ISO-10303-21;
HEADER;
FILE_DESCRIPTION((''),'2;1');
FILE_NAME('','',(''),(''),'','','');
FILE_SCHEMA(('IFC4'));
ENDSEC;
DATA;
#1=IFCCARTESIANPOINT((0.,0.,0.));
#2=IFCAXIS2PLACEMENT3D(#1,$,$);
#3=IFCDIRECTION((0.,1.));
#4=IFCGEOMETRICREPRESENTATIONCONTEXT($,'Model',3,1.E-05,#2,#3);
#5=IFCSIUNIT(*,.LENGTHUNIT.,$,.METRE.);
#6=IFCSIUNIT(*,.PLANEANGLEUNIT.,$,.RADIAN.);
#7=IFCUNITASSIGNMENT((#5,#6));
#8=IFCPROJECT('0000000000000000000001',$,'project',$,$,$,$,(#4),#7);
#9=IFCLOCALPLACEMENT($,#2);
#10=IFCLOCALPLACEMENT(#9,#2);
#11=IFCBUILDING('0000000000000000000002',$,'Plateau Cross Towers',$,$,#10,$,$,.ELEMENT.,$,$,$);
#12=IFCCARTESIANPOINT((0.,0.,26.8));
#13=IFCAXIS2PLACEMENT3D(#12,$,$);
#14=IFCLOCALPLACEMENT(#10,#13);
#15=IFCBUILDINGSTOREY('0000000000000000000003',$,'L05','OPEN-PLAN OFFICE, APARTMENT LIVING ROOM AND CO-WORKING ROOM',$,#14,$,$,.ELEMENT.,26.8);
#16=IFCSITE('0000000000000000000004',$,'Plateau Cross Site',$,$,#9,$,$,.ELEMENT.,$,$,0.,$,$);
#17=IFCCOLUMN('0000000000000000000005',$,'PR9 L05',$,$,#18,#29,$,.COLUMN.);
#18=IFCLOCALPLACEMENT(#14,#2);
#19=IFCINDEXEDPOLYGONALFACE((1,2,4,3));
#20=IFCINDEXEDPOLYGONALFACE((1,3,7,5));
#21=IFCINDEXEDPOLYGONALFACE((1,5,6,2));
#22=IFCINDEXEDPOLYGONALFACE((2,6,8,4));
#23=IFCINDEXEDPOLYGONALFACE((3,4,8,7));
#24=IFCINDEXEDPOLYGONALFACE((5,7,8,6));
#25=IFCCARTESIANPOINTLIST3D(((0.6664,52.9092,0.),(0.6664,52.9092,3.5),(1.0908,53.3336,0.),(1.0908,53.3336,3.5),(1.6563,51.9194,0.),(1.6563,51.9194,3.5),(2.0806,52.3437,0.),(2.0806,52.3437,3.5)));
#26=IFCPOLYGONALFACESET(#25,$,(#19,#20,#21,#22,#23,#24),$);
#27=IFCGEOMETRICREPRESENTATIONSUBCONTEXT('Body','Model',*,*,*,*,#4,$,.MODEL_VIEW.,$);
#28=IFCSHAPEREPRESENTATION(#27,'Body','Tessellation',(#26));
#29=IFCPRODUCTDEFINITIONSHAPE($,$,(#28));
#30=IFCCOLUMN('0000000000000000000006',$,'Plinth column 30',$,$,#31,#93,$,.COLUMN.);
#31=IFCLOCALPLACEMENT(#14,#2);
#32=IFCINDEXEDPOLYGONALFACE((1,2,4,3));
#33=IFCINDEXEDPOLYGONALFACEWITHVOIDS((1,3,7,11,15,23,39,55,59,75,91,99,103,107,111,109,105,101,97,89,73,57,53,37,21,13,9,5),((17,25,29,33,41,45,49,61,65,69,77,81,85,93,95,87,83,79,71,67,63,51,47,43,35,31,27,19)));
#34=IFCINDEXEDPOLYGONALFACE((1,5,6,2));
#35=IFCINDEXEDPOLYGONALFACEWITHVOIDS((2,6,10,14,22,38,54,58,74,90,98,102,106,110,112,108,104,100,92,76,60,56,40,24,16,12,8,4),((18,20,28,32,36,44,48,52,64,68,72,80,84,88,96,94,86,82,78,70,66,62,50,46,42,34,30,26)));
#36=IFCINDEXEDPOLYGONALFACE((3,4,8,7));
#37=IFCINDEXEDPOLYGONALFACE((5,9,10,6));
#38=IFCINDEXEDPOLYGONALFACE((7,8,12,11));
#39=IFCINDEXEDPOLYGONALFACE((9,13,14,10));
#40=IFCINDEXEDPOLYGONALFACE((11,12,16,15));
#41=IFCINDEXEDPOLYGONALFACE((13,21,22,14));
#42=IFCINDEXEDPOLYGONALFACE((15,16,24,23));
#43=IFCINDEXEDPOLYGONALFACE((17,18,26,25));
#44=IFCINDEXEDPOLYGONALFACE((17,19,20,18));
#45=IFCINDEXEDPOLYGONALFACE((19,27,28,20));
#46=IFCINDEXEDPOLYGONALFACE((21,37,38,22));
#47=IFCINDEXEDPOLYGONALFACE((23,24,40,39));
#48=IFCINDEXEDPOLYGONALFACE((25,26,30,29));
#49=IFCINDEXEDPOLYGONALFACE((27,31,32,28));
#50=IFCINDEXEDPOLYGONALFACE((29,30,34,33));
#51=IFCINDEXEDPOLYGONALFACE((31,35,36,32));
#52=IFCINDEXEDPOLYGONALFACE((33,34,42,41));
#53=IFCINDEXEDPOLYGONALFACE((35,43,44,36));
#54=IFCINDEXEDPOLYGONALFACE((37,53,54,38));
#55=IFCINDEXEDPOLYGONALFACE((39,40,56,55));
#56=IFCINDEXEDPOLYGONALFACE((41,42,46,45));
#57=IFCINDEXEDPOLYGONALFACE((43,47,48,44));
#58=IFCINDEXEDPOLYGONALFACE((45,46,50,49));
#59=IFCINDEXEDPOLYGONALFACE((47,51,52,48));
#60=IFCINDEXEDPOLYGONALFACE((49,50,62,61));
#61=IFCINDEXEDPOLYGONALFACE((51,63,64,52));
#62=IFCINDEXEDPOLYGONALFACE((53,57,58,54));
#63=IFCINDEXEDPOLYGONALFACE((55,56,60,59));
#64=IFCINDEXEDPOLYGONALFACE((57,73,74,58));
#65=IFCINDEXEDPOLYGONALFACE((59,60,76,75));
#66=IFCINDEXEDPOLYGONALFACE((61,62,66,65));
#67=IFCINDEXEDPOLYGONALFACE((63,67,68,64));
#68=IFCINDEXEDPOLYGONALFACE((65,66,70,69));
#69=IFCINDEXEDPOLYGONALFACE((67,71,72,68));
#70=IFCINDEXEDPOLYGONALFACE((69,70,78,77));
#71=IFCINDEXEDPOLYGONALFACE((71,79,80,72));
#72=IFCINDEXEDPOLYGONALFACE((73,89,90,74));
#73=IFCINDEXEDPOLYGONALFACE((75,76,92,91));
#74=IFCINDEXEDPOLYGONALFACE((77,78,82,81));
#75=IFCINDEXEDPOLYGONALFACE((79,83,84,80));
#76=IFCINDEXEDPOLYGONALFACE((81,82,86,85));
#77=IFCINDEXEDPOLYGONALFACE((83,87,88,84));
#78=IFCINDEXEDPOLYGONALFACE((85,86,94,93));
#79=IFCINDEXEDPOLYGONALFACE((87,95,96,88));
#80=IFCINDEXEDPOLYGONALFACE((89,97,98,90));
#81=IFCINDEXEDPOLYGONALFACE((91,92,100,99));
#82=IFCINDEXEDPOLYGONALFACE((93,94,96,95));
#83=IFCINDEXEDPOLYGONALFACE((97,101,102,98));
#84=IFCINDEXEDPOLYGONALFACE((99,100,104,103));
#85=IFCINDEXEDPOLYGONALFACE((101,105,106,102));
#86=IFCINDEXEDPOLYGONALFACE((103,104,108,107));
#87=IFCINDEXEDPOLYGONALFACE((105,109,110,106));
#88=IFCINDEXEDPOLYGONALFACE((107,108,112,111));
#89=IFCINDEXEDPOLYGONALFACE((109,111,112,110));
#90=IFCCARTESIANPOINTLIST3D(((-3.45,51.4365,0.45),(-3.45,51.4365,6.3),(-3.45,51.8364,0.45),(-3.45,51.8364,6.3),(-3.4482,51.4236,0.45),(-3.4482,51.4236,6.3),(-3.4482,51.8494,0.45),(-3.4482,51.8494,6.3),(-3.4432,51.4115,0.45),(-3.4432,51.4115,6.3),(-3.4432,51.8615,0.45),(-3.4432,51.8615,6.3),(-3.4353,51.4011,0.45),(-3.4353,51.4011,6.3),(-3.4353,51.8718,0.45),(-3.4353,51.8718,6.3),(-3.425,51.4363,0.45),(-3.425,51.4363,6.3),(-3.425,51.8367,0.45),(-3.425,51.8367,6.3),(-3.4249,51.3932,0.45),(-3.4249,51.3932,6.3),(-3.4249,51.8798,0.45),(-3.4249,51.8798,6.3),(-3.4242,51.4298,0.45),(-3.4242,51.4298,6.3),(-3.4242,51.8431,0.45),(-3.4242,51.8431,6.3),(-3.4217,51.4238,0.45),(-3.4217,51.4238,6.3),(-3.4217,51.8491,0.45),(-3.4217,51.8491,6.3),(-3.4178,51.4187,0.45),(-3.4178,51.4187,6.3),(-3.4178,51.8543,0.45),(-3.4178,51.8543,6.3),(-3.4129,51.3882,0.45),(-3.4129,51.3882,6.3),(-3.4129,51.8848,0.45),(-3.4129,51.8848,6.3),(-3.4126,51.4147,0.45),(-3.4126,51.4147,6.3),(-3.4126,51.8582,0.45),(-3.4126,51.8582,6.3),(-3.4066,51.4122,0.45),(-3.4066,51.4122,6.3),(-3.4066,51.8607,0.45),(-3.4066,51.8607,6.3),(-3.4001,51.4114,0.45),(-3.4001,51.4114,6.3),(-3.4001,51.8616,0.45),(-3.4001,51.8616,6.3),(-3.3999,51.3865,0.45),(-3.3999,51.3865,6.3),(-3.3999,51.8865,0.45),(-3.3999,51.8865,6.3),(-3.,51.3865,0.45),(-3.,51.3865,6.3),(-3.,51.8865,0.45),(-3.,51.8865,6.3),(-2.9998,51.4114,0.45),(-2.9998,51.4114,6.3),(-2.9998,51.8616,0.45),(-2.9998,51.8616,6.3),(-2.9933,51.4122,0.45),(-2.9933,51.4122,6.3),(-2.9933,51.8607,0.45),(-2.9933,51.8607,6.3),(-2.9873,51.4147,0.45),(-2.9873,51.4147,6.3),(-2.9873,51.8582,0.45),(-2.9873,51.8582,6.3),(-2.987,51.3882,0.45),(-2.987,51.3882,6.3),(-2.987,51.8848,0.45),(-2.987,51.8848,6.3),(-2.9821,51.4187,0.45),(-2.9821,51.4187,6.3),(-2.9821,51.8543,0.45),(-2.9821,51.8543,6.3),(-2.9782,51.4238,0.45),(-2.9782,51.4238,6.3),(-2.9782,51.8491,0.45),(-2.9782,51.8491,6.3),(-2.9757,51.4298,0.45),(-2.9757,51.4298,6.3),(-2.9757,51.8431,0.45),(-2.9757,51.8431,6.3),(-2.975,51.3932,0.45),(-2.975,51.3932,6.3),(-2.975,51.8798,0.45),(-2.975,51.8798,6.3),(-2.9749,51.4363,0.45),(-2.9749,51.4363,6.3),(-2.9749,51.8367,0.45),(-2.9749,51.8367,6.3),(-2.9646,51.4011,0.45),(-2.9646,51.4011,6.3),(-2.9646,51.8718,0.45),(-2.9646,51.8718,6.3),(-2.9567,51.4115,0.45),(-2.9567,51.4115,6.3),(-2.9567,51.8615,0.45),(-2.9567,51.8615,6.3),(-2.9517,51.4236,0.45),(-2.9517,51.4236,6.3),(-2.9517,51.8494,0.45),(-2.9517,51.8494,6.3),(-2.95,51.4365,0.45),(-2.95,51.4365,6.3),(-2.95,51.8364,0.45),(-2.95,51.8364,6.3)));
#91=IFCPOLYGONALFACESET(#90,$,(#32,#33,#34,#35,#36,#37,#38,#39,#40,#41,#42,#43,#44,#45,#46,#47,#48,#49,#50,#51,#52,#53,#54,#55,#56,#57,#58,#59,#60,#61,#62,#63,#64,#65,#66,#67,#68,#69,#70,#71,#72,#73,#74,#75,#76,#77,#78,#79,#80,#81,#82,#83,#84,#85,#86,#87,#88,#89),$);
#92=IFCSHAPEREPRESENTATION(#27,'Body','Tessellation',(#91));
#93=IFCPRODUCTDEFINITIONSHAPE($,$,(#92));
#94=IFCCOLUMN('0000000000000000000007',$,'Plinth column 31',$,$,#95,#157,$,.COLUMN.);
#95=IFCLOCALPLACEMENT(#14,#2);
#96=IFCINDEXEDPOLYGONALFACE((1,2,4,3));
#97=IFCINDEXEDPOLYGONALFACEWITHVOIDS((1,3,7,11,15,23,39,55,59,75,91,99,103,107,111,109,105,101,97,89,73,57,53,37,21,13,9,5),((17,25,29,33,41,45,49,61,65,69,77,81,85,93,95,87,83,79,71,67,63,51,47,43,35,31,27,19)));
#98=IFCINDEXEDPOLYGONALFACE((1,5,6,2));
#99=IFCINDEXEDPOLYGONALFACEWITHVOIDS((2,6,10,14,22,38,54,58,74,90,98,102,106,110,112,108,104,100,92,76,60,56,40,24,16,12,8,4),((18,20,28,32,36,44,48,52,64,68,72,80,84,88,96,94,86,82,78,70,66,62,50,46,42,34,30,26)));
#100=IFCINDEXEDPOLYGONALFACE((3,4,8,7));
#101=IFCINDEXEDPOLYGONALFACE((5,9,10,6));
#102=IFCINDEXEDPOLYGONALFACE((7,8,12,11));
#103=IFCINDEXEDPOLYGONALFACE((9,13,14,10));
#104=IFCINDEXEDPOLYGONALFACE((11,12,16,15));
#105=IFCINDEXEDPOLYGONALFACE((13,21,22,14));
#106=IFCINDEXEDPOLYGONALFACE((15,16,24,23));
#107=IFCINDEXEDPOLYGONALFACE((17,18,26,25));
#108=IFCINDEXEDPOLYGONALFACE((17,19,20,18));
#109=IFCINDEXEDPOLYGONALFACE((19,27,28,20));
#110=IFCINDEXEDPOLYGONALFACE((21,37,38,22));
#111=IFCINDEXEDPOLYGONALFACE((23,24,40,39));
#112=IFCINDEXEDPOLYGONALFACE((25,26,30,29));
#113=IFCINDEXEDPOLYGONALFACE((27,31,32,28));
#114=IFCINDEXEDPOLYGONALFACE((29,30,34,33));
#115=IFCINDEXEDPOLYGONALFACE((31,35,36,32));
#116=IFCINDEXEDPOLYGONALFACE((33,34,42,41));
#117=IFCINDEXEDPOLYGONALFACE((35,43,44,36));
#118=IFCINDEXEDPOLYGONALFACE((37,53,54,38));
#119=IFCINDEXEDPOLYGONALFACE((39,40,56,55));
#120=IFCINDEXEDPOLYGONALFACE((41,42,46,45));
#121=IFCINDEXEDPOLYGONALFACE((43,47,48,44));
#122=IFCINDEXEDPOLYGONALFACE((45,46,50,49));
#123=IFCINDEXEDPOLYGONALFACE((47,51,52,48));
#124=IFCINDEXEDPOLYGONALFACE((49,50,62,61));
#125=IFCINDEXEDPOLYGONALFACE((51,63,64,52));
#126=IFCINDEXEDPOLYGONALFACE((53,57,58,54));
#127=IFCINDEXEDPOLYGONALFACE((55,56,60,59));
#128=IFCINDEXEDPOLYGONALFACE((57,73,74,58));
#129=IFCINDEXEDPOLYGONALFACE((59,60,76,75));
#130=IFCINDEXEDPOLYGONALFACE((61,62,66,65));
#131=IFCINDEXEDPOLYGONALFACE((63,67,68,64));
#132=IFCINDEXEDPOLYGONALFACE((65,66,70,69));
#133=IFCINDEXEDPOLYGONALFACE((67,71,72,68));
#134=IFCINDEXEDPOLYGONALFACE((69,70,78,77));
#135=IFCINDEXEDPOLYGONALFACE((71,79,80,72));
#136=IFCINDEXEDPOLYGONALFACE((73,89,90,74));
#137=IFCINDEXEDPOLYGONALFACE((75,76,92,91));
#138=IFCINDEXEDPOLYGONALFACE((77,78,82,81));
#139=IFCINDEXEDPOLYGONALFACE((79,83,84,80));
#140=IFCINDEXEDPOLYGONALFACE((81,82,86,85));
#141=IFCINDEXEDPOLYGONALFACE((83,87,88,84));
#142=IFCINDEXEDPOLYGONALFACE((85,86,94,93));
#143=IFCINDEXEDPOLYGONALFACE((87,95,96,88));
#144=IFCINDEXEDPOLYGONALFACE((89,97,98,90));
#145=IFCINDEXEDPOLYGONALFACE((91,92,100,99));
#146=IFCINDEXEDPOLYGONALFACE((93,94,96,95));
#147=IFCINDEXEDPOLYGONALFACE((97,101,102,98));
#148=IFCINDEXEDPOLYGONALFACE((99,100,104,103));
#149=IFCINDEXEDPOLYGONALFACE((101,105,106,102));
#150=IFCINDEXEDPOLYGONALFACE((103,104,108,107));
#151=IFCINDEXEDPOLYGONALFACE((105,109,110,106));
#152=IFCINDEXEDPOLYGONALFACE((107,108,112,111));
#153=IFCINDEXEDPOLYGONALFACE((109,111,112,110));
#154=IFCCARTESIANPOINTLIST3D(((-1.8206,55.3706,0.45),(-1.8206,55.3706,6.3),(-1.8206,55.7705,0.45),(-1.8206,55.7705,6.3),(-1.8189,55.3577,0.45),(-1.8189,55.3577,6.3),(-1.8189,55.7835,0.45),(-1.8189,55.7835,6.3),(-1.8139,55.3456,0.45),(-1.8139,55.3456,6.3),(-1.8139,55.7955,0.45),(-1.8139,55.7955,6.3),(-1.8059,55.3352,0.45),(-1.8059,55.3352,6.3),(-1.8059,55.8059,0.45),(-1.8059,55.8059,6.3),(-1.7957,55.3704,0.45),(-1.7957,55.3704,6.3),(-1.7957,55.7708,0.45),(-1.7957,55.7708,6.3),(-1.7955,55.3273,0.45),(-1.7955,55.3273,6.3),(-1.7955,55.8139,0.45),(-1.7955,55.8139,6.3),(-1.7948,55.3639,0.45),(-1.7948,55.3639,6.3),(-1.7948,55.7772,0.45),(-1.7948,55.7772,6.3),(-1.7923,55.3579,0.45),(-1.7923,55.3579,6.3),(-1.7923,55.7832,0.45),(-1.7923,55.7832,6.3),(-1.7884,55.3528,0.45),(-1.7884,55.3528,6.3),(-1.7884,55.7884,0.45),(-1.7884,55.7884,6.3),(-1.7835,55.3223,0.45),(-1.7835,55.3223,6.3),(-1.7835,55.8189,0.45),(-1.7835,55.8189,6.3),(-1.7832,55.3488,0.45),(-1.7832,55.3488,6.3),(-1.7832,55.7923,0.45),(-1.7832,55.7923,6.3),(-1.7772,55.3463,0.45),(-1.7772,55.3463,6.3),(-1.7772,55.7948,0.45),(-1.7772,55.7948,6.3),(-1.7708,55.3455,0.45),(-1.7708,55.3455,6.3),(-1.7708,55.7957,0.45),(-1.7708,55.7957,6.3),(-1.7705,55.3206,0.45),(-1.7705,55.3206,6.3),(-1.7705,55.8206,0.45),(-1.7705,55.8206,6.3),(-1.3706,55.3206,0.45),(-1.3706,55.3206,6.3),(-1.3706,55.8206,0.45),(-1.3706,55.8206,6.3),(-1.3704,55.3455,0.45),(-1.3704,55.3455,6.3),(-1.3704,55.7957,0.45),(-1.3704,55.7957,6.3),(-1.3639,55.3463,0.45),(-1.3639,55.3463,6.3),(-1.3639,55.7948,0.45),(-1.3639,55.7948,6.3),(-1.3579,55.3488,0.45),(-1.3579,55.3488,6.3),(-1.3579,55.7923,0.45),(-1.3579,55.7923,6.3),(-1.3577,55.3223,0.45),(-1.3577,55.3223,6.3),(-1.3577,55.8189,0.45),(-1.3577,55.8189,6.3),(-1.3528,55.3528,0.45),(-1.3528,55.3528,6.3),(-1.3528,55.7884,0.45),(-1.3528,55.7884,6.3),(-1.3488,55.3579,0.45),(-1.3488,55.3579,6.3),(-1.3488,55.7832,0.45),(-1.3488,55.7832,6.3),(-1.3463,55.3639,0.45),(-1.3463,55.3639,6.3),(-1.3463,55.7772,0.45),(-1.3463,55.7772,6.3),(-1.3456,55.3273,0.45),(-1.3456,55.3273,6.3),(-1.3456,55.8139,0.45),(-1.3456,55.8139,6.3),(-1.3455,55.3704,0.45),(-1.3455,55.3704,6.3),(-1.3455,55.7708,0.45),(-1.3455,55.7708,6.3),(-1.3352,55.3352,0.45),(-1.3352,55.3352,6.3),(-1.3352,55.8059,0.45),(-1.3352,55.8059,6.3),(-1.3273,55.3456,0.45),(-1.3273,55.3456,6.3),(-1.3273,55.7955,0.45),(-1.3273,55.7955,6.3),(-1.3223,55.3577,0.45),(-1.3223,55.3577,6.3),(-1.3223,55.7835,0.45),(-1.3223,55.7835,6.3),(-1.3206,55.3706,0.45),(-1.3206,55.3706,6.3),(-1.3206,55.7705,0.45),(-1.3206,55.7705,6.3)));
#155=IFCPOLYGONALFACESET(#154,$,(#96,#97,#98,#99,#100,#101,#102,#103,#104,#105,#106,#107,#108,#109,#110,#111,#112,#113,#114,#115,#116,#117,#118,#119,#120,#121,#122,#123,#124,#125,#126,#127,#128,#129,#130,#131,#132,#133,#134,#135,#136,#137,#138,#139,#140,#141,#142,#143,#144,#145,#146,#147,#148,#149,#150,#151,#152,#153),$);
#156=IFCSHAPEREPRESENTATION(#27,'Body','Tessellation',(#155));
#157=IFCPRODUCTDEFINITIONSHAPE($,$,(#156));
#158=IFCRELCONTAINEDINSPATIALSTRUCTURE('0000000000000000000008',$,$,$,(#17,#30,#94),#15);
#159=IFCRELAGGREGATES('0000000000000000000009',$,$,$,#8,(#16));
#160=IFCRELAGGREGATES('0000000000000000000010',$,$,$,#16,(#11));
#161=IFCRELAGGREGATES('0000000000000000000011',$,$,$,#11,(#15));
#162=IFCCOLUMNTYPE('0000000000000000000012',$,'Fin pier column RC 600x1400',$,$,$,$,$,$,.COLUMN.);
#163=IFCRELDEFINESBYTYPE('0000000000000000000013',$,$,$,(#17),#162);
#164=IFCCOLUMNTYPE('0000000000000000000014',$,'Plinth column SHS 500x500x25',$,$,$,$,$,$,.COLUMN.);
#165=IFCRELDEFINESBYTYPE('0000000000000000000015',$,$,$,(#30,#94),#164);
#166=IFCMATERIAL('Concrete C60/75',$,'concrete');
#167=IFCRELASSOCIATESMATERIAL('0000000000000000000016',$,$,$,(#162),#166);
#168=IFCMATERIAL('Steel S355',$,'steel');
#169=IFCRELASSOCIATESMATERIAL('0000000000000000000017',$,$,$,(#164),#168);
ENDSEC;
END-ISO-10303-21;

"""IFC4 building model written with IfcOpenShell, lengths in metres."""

from ifc_helpers import new_model, si_unit, direction, frame, origin, origin_2d, place, context, subcontext, project, spatial, rectangle, hollow_rectangle, extrude, material, material_profile, profile_set, type_object, element, save


model = new_model("IFC4")

# Units and contexts
model_context = context("Model", 3, precision=1e-05, world=origin(), true_north=direction((0.0, 1.0)))
body_context = subcontext(model_context, "Body", "Model", "MODEL_VIEW")
ifc_project = project(units=[si_unit("LENGTHUNIT", "METRE"), si_unit("PLANEANGLEUNIT", "RADIAN")], contexts=[model_context])

# Site, building, storey
site_placement = place(None, origin())
site = spatial("IfcSite", under=ifc_project, at=site_placement, Name="Plateau Cross Site", CompositionType="ELEMENT", RefElevation=0.0)
building_placement = place(site_placement, origin())
building = spatial("IfcBuilding", under=site, at=building_placement, Name="Plateau Cross Towers", CompositionType="ELEMENT")
storey_placement = place(building_placement, frame((0.0, 0.0, 26.8)))
storey = spatial("IfcBuildingStorey", under=building, at=storey_placement, Name="L05", Description="OPEN-PLAN OFFICE, APARTMENT LIVING ROOM AND CO-WORKING ROOM", CompositionType="ELEMENT", Elevation=26.8)

# Columns
ifc_material_1 = material(Name="Concrete C60/75", Category="concrete")
ifc_material_profile_1 = material_profile(ifc_material_1, rectangle(XDim=0.6001, YDim=1.3999, at=origin_2d()), Name="RC 600x1400")
ifc_profile_set_1 = profile_set([ifc_material_profile_1], Name="Concrete C60/75")
column_type_1 = type_object("IfcColumnType", Name="Fin pier column RC 600x1400", PredefinedType="COLUMN", material=ifc_profile_set_1)
column_placement = place(storey_placement, frame((1.3735, 52.6265, 0.0), z_axis=(0.0, 0.0, 1.0), x_axis=(0.707107, 0.707107, 0.0)))
element("IfcColumn", 1, at=column_placement, inside=storey, type_object=column_type_1, Name="PR9 L05", PredefinedType="COLUMN", context=body_context, shape_type="SweptSolid", body=[
    extrude(rectangle(XDim=0.6001, YDim=1.3999, at=origin_2d()), origin(), (0.0, 0.0, 1.0), 3.5),
])
ifc_material_2 = material(Name="Steel S355", Category="steel")
ifc_material_profile_2 = material_profile(ifc_material_2, hollow_rectangle(XDim=0.5, YDim=0.5, WallThickness=0.0249, InnerFilletRadius=0.0249, OuterFilletRadius=0.05, at=origin_2d()), Name="SHS 500x500x25")
ifc_profile_set_2 = profile_set([ifc_material_profile_2], Name="Steel S355")
column_type_2 = type_object("IfcColumnType", Name="Plinth column SHS 500x500x25", PredefinedType="COLUMN", material=ifc_profile_set_2)
for number, where, z_axis, x_axis, name in (
    (2, (-3.2, 51.6365, 0.45), (0.0, 0.0, 1.0), (1.0, 0.0, 0.0), "Plinth column 30"),
    (3, (-1.5706, 55.5706, 0.45), (0.0, 0.0, 1.0), (1.0, 0.0, 0.0), "Plinth column 31"),
):
    element("IfcColumn", number, at=place(storey_placement, frame(where, z_axis=z_axis, x_axis=x_axis)), inside=storey, type_object=column_type_2, Name=name, PredefinedType="COLUMN", context=body_context, shape_type="SweptSolid", body=[
        extrude(hollow_rectangle(XDim=0.5, YDim=0.5, WallThickness=0.0249, InnerFilletRadius=0.0249, OuterFilletRadius=0.05, at=origin_2d()), origin(), (0.0, 0.0, 1.0), 5.8501),
    ])

save(model, "model.ifc")
